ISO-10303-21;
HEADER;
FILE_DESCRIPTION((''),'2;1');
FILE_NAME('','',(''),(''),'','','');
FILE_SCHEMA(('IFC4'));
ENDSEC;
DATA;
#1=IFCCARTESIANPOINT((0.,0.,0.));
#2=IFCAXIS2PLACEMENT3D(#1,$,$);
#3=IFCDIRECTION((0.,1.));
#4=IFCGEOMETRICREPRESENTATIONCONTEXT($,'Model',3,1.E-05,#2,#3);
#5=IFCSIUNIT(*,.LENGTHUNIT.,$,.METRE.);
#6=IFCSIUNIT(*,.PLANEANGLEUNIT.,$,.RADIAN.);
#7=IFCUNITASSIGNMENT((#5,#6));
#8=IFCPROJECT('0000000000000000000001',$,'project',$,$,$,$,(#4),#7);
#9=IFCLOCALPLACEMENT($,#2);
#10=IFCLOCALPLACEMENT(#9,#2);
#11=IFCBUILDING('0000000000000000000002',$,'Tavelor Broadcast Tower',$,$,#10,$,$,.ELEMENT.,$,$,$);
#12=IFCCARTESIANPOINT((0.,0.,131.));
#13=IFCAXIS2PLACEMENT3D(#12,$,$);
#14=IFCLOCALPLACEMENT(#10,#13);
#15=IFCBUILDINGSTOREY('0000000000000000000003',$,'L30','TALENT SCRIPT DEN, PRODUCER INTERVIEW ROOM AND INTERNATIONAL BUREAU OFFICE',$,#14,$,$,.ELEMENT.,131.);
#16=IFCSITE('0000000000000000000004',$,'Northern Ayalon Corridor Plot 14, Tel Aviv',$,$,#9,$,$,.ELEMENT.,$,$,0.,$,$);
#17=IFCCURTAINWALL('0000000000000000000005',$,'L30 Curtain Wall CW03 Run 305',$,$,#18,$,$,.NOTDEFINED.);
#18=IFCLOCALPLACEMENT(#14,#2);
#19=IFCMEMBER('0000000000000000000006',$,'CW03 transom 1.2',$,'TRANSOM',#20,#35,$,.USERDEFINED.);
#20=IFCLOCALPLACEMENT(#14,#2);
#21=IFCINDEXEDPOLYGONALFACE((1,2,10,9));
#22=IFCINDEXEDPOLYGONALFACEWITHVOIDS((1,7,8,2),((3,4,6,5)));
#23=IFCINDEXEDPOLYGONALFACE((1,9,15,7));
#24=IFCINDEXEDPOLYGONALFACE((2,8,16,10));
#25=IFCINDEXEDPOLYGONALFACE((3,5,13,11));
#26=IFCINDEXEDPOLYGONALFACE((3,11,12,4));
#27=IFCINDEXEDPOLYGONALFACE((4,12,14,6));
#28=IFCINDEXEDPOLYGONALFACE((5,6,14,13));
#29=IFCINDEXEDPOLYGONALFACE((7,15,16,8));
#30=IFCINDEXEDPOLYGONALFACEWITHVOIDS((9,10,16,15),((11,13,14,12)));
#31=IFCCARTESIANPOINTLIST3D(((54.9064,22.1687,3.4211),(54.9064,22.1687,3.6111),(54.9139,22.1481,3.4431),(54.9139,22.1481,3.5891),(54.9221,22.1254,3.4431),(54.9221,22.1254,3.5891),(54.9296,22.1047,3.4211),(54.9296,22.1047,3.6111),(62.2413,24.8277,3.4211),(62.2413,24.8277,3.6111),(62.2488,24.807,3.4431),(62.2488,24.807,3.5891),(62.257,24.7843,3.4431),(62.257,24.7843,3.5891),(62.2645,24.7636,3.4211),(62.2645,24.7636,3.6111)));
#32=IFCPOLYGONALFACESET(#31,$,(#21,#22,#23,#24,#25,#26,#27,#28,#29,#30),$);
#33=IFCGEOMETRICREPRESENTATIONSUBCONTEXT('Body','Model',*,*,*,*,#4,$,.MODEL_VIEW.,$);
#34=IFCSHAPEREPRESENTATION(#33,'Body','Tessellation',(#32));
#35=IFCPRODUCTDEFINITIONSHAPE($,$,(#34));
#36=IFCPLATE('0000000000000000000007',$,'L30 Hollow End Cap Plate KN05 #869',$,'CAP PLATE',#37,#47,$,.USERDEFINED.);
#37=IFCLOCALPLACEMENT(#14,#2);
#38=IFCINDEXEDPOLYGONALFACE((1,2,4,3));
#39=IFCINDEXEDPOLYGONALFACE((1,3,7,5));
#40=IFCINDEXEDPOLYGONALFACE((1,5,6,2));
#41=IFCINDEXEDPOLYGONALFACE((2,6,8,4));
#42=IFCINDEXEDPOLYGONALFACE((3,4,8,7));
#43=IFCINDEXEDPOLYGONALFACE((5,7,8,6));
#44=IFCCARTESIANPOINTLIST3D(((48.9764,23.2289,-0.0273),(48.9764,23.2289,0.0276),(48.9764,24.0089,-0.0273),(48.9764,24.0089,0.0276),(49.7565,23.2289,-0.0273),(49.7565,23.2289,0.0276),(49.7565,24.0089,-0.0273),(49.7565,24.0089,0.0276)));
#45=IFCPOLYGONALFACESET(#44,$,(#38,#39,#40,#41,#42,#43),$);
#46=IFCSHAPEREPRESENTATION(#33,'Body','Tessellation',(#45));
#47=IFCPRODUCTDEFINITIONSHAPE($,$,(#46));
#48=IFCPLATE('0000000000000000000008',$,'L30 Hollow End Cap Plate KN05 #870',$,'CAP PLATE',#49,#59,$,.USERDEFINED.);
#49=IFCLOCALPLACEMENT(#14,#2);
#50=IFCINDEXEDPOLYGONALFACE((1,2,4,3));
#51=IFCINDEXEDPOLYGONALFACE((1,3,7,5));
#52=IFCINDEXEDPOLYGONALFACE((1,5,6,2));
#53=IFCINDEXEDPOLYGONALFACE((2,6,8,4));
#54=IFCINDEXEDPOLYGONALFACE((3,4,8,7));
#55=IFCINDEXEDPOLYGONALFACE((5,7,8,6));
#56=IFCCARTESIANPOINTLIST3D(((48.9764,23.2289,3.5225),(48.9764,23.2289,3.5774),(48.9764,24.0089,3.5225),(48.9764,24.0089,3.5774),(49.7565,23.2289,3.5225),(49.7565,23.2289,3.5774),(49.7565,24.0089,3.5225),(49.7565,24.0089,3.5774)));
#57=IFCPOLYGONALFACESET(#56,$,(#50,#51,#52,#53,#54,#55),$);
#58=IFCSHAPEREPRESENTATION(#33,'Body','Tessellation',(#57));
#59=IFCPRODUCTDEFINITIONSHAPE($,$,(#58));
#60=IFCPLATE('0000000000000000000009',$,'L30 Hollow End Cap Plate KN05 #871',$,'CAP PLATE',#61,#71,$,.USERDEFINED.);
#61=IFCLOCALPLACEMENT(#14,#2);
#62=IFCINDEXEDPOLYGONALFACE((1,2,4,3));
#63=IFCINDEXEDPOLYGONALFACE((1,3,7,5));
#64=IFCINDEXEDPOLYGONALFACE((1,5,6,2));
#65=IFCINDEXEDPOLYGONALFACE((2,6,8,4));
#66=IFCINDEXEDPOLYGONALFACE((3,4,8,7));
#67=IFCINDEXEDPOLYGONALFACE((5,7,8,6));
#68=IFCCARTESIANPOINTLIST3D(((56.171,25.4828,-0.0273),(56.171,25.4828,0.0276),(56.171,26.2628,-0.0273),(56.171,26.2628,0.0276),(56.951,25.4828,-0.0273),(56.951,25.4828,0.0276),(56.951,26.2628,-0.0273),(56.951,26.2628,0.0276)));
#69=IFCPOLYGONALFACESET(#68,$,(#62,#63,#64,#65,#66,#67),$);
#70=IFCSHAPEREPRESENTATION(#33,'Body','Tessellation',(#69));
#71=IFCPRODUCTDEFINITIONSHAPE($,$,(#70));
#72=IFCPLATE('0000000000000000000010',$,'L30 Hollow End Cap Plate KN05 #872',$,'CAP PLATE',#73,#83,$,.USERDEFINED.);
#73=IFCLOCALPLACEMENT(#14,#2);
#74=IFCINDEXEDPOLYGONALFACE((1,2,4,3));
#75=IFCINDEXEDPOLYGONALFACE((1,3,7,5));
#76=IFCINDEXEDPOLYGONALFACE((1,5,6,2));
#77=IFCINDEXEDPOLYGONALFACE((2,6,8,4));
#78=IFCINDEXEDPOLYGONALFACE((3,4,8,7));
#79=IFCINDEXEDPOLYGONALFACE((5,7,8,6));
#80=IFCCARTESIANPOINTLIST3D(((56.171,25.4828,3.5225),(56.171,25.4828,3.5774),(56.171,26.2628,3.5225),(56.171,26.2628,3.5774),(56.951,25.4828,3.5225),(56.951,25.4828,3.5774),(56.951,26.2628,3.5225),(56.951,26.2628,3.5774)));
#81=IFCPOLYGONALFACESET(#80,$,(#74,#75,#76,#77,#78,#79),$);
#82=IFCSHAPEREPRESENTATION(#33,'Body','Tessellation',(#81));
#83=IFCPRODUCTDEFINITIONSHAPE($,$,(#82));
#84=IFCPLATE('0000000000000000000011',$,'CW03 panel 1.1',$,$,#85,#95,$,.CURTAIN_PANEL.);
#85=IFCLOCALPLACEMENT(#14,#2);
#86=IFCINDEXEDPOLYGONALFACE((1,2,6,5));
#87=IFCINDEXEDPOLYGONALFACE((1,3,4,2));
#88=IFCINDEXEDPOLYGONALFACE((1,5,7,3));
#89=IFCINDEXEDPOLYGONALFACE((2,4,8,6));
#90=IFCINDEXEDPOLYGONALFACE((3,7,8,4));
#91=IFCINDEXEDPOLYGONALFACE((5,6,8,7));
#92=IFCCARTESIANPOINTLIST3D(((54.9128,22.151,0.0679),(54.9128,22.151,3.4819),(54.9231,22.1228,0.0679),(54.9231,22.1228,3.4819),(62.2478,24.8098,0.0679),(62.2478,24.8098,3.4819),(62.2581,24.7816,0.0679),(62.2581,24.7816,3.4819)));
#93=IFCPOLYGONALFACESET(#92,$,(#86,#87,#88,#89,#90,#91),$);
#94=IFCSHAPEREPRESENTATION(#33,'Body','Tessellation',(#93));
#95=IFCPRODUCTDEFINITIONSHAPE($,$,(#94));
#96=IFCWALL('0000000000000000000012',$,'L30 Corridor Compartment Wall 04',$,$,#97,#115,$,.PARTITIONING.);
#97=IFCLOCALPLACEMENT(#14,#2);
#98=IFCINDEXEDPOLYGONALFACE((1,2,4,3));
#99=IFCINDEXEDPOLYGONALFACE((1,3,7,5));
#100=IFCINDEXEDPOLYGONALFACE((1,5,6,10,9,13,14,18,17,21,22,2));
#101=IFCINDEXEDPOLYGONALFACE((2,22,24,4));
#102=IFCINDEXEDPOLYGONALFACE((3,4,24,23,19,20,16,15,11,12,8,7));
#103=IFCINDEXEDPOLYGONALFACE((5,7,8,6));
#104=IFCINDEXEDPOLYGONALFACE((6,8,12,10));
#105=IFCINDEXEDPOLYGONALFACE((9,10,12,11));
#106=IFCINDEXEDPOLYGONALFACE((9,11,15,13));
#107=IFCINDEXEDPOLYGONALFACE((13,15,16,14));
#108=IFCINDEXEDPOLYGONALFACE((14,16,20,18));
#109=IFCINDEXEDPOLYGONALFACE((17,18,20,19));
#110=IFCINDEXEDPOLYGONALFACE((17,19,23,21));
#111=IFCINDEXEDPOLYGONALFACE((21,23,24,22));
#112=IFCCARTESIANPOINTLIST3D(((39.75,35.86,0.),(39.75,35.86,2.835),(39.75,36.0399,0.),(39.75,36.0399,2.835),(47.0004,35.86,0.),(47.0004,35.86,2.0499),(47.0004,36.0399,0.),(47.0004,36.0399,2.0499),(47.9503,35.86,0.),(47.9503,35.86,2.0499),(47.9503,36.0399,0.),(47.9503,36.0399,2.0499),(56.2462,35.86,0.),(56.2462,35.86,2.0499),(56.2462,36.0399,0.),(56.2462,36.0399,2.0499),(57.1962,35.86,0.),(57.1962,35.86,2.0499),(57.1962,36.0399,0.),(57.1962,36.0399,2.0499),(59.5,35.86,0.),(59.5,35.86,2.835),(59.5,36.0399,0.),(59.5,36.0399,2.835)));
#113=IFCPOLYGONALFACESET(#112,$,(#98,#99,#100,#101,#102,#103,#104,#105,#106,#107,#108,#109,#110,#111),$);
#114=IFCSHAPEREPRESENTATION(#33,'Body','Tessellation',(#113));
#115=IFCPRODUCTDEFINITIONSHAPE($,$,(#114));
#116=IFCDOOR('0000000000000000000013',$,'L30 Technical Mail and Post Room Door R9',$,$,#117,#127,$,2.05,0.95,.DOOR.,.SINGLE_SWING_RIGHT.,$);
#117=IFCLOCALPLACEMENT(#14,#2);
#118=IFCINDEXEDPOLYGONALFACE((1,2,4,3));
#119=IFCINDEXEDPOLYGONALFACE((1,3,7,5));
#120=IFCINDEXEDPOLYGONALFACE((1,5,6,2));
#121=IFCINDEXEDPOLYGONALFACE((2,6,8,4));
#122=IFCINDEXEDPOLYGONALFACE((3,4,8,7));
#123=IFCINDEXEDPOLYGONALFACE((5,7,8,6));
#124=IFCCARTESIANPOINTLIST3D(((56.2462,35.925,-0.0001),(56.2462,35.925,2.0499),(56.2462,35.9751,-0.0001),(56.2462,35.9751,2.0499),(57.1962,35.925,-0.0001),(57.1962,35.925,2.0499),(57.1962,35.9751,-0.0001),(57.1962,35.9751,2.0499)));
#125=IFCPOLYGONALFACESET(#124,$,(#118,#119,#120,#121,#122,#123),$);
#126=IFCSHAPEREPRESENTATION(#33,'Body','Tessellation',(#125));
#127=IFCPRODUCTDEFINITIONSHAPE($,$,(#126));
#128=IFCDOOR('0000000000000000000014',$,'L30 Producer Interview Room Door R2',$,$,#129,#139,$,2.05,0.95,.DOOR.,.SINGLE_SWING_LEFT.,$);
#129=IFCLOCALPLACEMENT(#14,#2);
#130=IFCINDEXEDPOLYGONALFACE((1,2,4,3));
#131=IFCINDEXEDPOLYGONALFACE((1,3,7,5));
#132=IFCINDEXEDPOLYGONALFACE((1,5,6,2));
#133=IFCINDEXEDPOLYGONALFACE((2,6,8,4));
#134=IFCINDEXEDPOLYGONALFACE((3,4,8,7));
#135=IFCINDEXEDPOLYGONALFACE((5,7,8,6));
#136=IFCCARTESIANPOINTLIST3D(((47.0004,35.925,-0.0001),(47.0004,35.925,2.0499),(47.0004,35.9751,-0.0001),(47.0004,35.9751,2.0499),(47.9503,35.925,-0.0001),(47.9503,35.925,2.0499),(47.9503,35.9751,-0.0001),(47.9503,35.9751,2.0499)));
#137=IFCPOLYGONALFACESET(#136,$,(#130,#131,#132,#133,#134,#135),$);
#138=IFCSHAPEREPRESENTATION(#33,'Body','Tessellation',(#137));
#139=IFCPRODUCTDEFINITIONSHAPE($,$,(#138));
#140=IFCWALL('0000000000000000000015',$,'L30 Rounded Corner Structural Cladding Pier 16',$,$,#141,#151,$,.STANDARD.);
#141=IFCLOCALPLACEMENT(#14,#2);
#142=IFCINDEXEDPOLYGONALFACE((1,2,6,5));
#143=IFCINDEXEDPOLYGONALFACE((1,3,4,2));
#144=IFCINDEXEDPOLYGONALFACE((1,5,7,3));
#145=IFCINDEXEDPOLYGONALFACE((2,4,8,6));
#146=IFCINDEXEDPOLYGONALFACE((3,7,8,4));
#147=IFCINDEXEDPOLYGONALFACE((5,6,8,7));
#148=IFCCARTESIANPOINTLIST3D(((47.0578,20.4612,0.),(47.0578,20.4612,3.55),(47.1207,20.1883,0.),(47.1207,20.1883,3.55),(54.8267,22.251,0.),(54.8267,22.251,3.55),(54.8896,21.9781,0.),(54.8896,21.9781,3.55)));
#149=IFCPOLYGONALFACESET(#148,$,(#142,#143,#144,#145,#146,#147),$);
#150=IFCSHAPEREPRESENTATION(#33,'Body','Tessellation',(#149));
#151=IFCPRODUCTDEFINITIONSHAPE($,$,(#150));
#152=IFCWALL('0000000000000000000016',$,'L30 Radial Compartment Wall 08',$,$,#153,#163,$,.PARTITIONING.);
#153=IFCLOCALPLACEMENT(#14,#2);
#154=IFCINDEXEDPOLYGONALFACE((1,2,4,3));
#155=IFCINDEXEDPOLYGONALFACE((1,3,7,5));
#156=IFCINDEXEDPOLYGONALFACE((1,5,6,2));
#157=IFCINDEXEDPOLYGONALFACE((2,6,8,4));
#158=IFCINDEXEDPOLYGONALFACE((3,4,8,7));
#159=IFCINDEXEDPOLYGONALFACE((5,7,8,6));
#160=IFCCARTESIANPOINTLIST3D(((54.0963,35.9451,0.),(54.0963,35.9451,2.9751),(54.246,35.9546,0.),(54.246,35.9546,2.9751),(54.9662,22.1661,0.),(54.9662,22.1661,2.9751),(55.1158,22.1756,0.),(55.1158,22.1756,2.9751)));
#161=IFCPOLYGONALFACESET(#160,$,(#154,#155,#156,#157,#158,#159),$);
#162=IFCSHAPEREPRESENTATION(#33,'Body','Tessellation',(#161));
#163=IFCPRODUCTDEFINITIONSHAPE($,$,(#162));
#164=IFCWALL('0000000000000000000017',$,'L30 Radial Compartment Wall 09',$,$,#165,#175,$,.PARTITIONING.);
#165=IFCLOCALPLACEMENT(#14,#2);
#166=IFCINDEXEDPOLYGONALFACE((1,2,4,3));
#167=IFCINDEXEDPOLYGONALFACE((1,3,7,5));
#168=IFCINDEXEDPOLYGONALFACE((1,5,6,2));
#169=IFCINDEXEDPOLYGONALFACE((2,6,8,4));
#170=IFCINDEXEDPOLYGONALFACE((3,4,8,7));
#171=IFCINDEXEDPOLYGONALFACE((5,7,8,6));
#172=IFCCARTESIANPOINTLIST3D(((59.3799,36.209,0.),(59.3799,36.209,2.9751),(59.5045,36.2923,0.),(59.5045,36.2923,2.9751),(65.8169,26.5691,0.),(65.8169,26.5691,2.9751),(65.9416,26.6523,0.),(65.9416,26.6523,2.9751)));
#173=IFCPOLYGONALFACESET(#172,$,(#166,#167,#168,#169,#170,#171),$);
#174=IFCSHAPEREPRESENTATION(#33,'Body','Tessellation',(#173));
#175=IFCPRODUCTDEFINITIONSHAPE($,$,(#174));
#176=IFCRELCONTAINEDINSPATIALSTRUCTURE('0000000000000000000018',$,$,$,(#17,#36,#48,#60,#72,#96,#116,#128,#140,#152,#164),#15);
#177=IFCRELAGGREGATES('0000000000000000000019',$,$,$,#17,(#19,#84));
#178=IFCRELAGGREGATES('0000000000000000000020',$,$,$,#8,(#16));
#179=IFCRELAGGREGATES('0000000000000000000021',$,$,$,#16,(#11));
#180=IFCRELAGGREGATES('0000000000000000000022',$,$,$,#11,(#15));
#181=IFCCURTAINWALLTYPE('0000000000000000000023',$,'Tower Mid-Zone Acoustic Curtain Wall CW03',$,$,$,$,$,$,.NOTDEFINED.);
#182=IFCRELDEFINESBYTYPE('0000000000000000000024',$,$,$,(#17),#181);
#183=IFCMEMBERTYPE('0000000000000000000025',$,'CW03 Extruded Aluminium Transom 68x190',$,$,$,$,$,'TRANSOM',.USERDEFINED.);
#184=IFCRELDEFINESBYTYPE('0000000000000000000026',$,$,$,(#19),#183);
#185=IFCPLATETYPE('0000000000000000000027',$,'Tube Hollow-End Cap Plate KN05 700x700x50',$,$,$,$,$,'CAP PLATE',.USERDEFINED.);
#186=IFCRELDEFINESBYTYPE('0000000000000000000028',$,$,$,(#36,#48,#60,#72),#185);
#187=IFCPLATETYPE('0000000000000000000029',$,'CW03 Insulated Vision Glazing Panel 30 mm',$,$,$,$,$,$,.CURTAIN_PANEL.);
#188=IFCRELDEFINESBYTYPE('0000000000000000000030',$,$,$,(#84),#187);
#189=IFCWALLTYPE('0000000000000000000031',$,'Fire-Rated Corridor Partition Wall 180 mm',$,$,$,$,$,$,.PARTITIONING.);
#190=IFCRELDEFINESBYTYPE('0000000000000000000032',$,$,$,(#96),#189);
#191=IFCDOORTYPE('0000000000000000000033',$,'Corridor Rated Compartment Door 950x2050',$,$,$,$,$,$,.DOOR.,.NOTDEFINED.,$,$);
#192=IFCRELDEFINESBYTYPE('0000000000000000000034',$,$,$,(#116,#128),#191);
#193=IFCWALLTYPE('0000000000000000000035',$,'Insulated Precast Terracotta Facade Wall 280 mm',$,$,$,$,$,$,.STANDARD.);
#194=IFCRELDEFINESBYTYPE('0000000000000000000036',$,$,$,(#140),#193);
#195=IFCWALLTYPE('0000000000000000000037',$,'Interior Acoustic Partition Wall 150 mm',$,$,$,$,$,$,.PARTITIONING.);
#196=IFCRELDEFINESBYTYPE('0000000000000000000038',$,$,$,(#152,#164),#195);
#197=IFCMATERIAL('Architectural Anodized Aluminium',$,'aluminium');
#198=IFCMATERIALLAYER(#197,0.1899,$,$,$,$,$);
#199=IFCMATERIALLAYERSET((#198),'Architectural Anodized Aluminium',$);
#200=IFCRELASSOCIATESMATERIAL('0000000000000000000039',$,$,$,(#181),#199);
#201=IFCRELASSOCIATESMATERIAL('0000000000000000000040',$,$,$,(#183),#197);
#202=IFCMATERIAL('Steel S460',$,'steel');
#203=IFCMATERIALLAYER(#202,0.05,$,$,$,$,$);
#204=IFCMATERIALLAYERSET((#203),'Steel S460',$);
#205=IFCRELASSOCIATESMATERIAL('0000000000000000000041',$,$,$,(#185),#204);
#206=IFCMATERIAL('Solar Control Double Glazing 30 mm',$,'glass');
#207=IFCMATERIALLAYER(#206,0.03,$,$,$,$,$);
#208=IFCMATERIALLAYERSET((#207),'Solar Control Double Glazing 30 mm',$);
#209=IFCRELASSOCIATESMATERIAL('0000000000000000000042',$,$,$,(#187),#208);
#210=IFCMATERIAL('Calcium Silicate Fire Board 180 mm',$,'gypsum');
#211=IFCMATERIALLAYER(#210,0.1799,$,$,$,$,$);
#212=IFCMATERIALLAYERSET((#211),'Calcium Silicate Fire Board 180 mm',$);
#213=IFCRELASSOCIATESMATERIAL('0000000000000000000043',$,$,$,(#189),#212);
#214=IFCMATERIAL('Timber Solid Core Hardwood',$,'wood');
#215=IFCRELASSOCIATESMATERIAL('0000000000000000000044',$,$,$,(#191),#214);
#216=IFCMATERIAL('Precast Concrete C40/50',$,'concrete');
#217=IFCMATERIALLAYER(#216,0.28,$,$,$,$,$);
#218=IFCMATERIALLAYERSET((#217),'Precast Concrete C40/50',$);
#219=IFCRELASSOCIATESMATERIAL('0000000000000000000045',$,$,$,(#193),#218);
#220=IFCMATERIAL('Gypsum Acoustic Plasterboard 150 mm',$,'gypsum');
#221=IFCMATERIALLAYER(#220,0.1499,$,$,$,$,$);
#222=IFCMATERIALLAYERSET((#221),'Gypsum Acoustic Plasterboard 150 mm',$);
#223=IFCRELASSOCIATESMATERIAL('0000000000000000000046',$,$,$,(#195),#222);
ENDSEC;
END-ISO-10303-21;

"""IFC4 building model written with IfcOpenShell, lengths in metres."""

from ifc_helpers import new_model, si_unit, direction, frame, frame_2d, origin, origin_2d, place, context, subcontext, project, spatial, rectangle, hollow_rectangle, extrude, source, transform, mapped, material, layer, layer_set, material_profile, profile_set, type_object, type_shapes, element, fill, aggregate, save


model = new_model("IFC4")

# Units and contexts
model_context = context("Model", 3, precision=1e-05, world=origin(), true_north=direction((0.0, 1.0)))
body_context = subcontext(model_context, "Body", "Model", "MODEL_VIEW")
ifc_project = project(units=[si_unit("LENGTHUNIT", "METRE"), si_unit("PLANEANGLEUNIT", "RADIAN")], contexts=[model_context])

# Site, building, storey
site_placement = place(None, origin())
site = spatial("IfcSite", under=ifc_project, at=site_placement, Name="Northern Ayalon Corridor Plot 14, Tel Aviv", CompositionType="ELEMENT", RefElevation=0.0)
building_placement = place(site_placement, origin())
building = spatial("IfcBuilding", under=site, at=building_placement, Name="Tavelor Broadcast Tower", CompositionType="ELEMENT")
storey_placement = place(building_placement, frame((0.0, 0.0, 131.0)))
storey = spatial("IfcBuildingStorey", under=building, at=storey_placement, Name="L30", Description="TALENT SCRIPT DEN, PRODUCER INTERVIEW ROOM AND INTERNATIONAL BUREAU OFFICE", CompositionType="ELEMENT", Elevation=131.0)

# Shared definitions
ifc_material_1 = material(Name="Steel S460", Category="steel")

# Curtain wall, member
ifc_material_2 = material(Name="Architectural Anodized Aluminium", Category="aluminium")
ifc_layer_1 = layer(ifc_material_2, 0.1899)
ifc_layer_set_1 = layer_set([ifc_layer_1], Name="Architectural Anodized Aluminium")
curtain_wall_type = type_object("IfcCurtainWallType", Name="Tower Mid-Zone Acoustic Curtain Wall CW03", PredefinedType="NOTDEFINED", material=ifc_layer_set_1)
curtain_wall_placement = place(storey_placement, origin())
curtain_wall = element("IfcCurtainWall", 1, at=curtain_wall_placement, inside=storey, type_object=curtain_wall_type, Name="L30 Curtain Wall CW03 Run 305", PredefinedType="NOTDEFINED")
ifc_material_profile_1 = material_profile(ifc_material_2, hollow_rectangle(XDim=0.0681, YDim=0.1899, WallThickness=0.022, at=origin_2d()), Name="RHS 68x190x22")
ifc_profile_set_1 = profile_set([ifc_material_profile_1], Name="Architectural Anodized Aluminium")
member_type_1 = type_object("IfcMemberType", Name="CW03 Extruded Aluminium Transom 68x190", ElementType="TRANSOM", PredefinedType="USERDEFINED", material=ifc_profile_set_1)
shared_shape_1 = source(origin(), body_context, "Body", "SweptSolid", [
    extrude(hollow_rectangle(XDim=0.0681, YDim=0.1899, WallThickness=0.022, at=origin_2d()), origin(), (0.0, 0.0, 1.0), 7.802),
])
type_shapes(member_type_1, [shared_shape_1])
member_1_placement = place(storey_placement, frame((54.918, 22.1367, 3.5161), z_axis=(0.940136, 0.340801, 0.0), x_axis=(-0.340801, 0.940136, 0.0)))
member_1 = element("IfcMember", 2, at=member_1_placement, type_object=member_type_1, Name="CW03 transom 1.2", ObjectType="TRANSOM", PredefinedType="USERDEFINED", context=body_context, shape_type="MappedRepresentation", body=[
    mapped(shared_shape_1, transform((0.0, 0.0, 0.0), scale=1.0)),
])

# Plates
ifc_layer_2 = layer(ifc_material_1, 0.05)
ifc_layer_set_2 = layer_set([ifc_layer_2], Name="Steel S460")
plate_type_1 = type_object("IfcPlateType", Name="Tube Hollow-End Cap Plate KN05 700x700x50", ElementType="CAP PLATE", PredefinedType="USERDEFINED", material=ifc_layer_set_2)
shared_shape_2 = source(origin(), body_context, "Body", "SweptSolid", [
    extrude(rectangle(XDim=0.78, YDim=0.78, at=origin_2d()), origin(), (0.0, 0.0, 1.0), 0.0549),
])
type_shapes(plate_type_1, [shared_shape_2])
for number, where, z_axis, x_axis, name in (
    (3, (49.3665, 23.6189, -0.0273), (0.0, 0.0, 1.0), (1.0, 0.0, 0.0), "L30 Hollow End Cap Plate KN05 #869"),
    (4, (49.3665, 23.6189, 3.5225), (0.0, 0.0, 1.0), (1.0, 0.0, 0.0), "L30 Hollow End Cap Plate KN05 #870"),
    (5, (56.561, 25.8728, -0.0273), (0.0, 0.0, 1.0), (1.0, 0.0, 0.0), "L30 Hollow End Cap Plate KN05 #871"),
    (6, (56.561, 25.8728, 3.5225), (0.0, 0.0, 1.0), (1.0, 0.0, 0.0), "L30 Hollow End Cap Plate KN05 #872"),
):
    element("IfcPlate", number, at=place(storey_placement, frame(where, z_axis=z_axis, x_axis=x_axis)), inside=storey, type_object=plate_type_1, Name=name, ObjectType="CAP PLATE", PredefinedType="USERDEFINED", context=body_context, shape_type="MappedRepresentation", body=[
        mapped(shared_shape_2, transform((0.0, 0.0, 0.0), scale=1.0)),
    ])

# Plate
ifc_material_3 = material(Name="Solar Control Double Glazing 30 mm", Category="glass")
ifc_layer_3 = layer(ifc_material_3, 0.03)
ifc_layer_set_3 = layer_set([ifc_layer_3], Name="Solar Control Double Glazing 30 mm")
plate_type_2 = type_object("IfcPlateType", Name="CW03 Insulated Vision Glazing Panel 30 mm", PredefinedType="CURTAIN_PANEL", material=ifc_layer_set_3)
shared_shape_3 = source(origin(), body_context, "Body", "SweptSolid", [
    extrude(rectangle(XDim=7.802, YDim=0.03, at=origin_2d()), origin(), (0.0, 0.0, 1.0), 3.4141),
])
type_shapes(plate_type_2, [shared_shape_3])
plate_placement = place(storey_placement, frame((58.5854, 23.4663, 0.0679), z_axis=(0.0, 0.0, 1.0), x_axis=(0.94014, 0.340788, 0.0)))
plate = element("IfcPlate", 7, at=plate_placement, type_object=plate_type_2, Name="CW03 panel 1.1", PredefinedType="CURTAIN_PANEL", context=body_context, shape_type="MappedRepresentation", body=[
    mapped(shared_shape_3, transform((0.0, 0.0, 0.0), scale=1.0)),
])
aggregate(curtain_wall, [member_1, plate])

# Wall, openings, doors
ifc_material_4 = material(Name="Calcium Silicate Fire Board 180 mm", Category="gypsum")
ifc_layer_4 = layer(ifc_material_4, 0.1799)
ifc_layer_set_4 = layer_set([ifc_layer_4], Name="Calcium Silicate Fire Board 180 mm")
wall_type_1 = type_object("IfcWallType", Name="Fire-Rated Corridor Partition Wall 180 mm", PredefinedType="PARTITIONING", material=ifc_layer_set_4)
wall_1_placement = place(storey_placement, frame((59.5, 35.95, 0.0), z_axis=(0.0, 0.0, 1.0), x_axis=(-1.0, 0.0, 0.0)))
wall_1 = element("IfcWall", 8, at=wall_1_placement, inside=storey, type_object=wall_type_1, Name="L30 Corridor Compartment Wall 04", PredefinedType="PARTITIONING", context=body_context, shape_type="SweptSolid", body=[
    extrude(rectangle(XDim=19.75, YDim=0.1799, at=frame_2d((9.875, 0.0))), origin(), (0.0, 0.0, 1.0), 2.835),
])
opening_1_placement = place(wall_1_placement, frame((2.3037, 0.0, 0.0)))
opening_1 = element("IfcOpeningElement", 9, at=opening_1_placement, cuts=wall_1, PredefinedType="OPENING", context=body_context, shape_type="SweptSolid", body=[
    extrude(rectangle(XDim=0.95, YDim=2.05, at=frame_2d((0.4751, 1.0249))), frame((0.0, 0.1001, 0.0), z_axis=(0.0, -1.0, 0.0), x_axis=(1.0, 0.0, 0.0)), (0.0, 0.0, 1.0), 0.2),
])
opening_2_placement = place(wall_1_placement, frame((11.5496, 0.0, 0.0)))
opening_2 = element("IfcOpeningElement", 10, at=opening_2_placement, cuts=wall_1, PredefinedType="OPENING", context=body_context, shape_type="SweptSolid", body=[
    extrude(rectangle(XDim=0.95, YDim=2.05, at=frame_2d((0.4751, 1.0249))), frame((0.0, 0.1001, 0.0), z_axis=(0.0, -1.0, 0.0), x_axis=(1.0, 0.0, 0.0)), (0.0, 0.0, 1.0), 0.2),
])
ifc_material_5 = material(Name="Timber Solid Core Hardwood", Category="wood")
door_type_1 = type_object("IfcDoorType", Name="Corridor Rated Compartment Door 950x2050", OperationType="NOTDEFINED", PredefinedType="DOOR", material=ifc_material_5)
door_1_placement = place(opening_1_placement, origin())
door_1 = element("IfcDoor", 11, at=door_1_placement, inside=storey, type_object=door_type_1, Name="L30 Technical Mail and Post Room Door R9", OperationType="SINGLE_SWING_RIGHT", OverallHeight=2.05, OverallWidth=0.95, PredefinedType="DOOR", context=body_context, shape_type="SweptSolid", body=[
    extrude(rectangle(XDim=0.95, YDim=2.05, at=frame_2d((0.4751, 1.0249))), frame((0.0, 0.0249, 0.0), z_axis=(0.0, -1.0, 0.0), x_axis=(1.0, 0.0, 0.0)), (0.0, 0.0, 1.0), 0.05),
])
fill(opening_1, door_1)
door_2_placement = place(opening_2_placement, origin())
door_2 = element("IfcDoor", 12, at=door_2_placement, inside=storey, type_object=door_type_1, Name="L30 Producer Interview Room Door R2", OperationType="SINGLE_SWING_LEFT", OverallHeight=2.05, OverallWidth=0.95, PredefinedType="DOOR", context=body_context, shape_type="SweptSolid", body=[
    extrude(rectangle(XDim=0.95, YDim=2.05, at=frame_2d((0.4751, 1.0249))), frame((0.0, 0.0249, 0.0), z_axis=(0.0, -1.0, 0.0), x_axis=(1.0, 0.0, 0.0)), (0.0, 0.0, 1.0), 0.05),
])
fill(opening_2, door_2)

# Walls
ifc_material_6 = material(Name="Precast Concrete C40/50", Category="concrete")
ifc_layer_5 = layer(ifc_material_6, 0.28)
ifc_layer_set_5 = layer_set([ifc_layer_5], Name="Precast Concrete C40/50")
wall_type_2 = type_object("IfcWallType", Name="Insulated Precast Terracotta Facade Wall 280 mm", PredefinedType="STANDARD", material=ifc_layer_set_5)
wall_2_placement = place(storey_placement, frame((47.0891, 20.3247, 0.0), z_axis=(0.0, 0.0, 1.0), x_axis=(0.974474, 0.224502, 0.0)))
element("IfcWall", 13, at=wall_2_placement, inside=storey, type_object=wall_type_2, Name="L30 Rounded Corner Structural Cladding Pier 16", PredefinedType="STANDARD", context=body_context, shape_type="SweptSolid", body=[
    extrude(rectangle(XDim=7.9724, YDim=0.28, at=frame_2d((3.9863, 0.0))), origin(), (0.0, 0.0, 1.0), 3.55),
])
ifc_material_7 = material(Name="Gypsum Acoustic Plasterboard 150 mm", Category="gypsum")
ifc_layer_6 = layer(ifc_material_7, 0.1499)
ifc_layer_set_6 = layer_set([ifc_layer_6], Name="Gypsum Acoustic Plasterboard 150 mm")
wall_type_3 = type_object("IfcWallType", Name="Interior Acoustic Partition Wall 150 mm", PredefinedType="PARTITIONING", material=ifc_layer_set_6)
wall_3_placement = place(storey_placement, frame((54.1711, 35.95, 0.0), z_axis=(0.0, 0.0, 1.0), x_axis=(0.063005, -0.998013, 0.0)))
element("IfcWall", 14, at=wall_3_placement, inside=storey, type_object=wall_type_3, Name="L30 Radial Compartment Wall 08", PredefinedType="PARTITIONING", context=body_context, shape_type="SweptSolid", body=[
    extrude(rectangle(XDim=13.8064, YDim=0.1499, at=frame_2d((6.9033, 0.0))), origin(), (0.0, 0.0, 1.0), 2.9751),
])
wall_4_placement = place(storey_placement, frame((59.4421, 36.2507, 0.0), z_axis=(0.0, 0.0, 1.0), x_axis=(0.555322, -0.831635, 0.0)))
element("IfcWall", 15, at=wall_4_placement, inside=storey, type_object=wall_type_3, Name="L30 Radial Compartment Wall 09", PredefinedType="PARTITIONING", context=body_context, shape_type="SweptSolid", body=[
    extrude(rectangle(XDim=11.5916, YDim=0.1499, at=frame_2d((5.7959, 0.0))), origin(), (0.0, 0.0, 1.0), 2.9751),
])

save(model, "model.ifc")
